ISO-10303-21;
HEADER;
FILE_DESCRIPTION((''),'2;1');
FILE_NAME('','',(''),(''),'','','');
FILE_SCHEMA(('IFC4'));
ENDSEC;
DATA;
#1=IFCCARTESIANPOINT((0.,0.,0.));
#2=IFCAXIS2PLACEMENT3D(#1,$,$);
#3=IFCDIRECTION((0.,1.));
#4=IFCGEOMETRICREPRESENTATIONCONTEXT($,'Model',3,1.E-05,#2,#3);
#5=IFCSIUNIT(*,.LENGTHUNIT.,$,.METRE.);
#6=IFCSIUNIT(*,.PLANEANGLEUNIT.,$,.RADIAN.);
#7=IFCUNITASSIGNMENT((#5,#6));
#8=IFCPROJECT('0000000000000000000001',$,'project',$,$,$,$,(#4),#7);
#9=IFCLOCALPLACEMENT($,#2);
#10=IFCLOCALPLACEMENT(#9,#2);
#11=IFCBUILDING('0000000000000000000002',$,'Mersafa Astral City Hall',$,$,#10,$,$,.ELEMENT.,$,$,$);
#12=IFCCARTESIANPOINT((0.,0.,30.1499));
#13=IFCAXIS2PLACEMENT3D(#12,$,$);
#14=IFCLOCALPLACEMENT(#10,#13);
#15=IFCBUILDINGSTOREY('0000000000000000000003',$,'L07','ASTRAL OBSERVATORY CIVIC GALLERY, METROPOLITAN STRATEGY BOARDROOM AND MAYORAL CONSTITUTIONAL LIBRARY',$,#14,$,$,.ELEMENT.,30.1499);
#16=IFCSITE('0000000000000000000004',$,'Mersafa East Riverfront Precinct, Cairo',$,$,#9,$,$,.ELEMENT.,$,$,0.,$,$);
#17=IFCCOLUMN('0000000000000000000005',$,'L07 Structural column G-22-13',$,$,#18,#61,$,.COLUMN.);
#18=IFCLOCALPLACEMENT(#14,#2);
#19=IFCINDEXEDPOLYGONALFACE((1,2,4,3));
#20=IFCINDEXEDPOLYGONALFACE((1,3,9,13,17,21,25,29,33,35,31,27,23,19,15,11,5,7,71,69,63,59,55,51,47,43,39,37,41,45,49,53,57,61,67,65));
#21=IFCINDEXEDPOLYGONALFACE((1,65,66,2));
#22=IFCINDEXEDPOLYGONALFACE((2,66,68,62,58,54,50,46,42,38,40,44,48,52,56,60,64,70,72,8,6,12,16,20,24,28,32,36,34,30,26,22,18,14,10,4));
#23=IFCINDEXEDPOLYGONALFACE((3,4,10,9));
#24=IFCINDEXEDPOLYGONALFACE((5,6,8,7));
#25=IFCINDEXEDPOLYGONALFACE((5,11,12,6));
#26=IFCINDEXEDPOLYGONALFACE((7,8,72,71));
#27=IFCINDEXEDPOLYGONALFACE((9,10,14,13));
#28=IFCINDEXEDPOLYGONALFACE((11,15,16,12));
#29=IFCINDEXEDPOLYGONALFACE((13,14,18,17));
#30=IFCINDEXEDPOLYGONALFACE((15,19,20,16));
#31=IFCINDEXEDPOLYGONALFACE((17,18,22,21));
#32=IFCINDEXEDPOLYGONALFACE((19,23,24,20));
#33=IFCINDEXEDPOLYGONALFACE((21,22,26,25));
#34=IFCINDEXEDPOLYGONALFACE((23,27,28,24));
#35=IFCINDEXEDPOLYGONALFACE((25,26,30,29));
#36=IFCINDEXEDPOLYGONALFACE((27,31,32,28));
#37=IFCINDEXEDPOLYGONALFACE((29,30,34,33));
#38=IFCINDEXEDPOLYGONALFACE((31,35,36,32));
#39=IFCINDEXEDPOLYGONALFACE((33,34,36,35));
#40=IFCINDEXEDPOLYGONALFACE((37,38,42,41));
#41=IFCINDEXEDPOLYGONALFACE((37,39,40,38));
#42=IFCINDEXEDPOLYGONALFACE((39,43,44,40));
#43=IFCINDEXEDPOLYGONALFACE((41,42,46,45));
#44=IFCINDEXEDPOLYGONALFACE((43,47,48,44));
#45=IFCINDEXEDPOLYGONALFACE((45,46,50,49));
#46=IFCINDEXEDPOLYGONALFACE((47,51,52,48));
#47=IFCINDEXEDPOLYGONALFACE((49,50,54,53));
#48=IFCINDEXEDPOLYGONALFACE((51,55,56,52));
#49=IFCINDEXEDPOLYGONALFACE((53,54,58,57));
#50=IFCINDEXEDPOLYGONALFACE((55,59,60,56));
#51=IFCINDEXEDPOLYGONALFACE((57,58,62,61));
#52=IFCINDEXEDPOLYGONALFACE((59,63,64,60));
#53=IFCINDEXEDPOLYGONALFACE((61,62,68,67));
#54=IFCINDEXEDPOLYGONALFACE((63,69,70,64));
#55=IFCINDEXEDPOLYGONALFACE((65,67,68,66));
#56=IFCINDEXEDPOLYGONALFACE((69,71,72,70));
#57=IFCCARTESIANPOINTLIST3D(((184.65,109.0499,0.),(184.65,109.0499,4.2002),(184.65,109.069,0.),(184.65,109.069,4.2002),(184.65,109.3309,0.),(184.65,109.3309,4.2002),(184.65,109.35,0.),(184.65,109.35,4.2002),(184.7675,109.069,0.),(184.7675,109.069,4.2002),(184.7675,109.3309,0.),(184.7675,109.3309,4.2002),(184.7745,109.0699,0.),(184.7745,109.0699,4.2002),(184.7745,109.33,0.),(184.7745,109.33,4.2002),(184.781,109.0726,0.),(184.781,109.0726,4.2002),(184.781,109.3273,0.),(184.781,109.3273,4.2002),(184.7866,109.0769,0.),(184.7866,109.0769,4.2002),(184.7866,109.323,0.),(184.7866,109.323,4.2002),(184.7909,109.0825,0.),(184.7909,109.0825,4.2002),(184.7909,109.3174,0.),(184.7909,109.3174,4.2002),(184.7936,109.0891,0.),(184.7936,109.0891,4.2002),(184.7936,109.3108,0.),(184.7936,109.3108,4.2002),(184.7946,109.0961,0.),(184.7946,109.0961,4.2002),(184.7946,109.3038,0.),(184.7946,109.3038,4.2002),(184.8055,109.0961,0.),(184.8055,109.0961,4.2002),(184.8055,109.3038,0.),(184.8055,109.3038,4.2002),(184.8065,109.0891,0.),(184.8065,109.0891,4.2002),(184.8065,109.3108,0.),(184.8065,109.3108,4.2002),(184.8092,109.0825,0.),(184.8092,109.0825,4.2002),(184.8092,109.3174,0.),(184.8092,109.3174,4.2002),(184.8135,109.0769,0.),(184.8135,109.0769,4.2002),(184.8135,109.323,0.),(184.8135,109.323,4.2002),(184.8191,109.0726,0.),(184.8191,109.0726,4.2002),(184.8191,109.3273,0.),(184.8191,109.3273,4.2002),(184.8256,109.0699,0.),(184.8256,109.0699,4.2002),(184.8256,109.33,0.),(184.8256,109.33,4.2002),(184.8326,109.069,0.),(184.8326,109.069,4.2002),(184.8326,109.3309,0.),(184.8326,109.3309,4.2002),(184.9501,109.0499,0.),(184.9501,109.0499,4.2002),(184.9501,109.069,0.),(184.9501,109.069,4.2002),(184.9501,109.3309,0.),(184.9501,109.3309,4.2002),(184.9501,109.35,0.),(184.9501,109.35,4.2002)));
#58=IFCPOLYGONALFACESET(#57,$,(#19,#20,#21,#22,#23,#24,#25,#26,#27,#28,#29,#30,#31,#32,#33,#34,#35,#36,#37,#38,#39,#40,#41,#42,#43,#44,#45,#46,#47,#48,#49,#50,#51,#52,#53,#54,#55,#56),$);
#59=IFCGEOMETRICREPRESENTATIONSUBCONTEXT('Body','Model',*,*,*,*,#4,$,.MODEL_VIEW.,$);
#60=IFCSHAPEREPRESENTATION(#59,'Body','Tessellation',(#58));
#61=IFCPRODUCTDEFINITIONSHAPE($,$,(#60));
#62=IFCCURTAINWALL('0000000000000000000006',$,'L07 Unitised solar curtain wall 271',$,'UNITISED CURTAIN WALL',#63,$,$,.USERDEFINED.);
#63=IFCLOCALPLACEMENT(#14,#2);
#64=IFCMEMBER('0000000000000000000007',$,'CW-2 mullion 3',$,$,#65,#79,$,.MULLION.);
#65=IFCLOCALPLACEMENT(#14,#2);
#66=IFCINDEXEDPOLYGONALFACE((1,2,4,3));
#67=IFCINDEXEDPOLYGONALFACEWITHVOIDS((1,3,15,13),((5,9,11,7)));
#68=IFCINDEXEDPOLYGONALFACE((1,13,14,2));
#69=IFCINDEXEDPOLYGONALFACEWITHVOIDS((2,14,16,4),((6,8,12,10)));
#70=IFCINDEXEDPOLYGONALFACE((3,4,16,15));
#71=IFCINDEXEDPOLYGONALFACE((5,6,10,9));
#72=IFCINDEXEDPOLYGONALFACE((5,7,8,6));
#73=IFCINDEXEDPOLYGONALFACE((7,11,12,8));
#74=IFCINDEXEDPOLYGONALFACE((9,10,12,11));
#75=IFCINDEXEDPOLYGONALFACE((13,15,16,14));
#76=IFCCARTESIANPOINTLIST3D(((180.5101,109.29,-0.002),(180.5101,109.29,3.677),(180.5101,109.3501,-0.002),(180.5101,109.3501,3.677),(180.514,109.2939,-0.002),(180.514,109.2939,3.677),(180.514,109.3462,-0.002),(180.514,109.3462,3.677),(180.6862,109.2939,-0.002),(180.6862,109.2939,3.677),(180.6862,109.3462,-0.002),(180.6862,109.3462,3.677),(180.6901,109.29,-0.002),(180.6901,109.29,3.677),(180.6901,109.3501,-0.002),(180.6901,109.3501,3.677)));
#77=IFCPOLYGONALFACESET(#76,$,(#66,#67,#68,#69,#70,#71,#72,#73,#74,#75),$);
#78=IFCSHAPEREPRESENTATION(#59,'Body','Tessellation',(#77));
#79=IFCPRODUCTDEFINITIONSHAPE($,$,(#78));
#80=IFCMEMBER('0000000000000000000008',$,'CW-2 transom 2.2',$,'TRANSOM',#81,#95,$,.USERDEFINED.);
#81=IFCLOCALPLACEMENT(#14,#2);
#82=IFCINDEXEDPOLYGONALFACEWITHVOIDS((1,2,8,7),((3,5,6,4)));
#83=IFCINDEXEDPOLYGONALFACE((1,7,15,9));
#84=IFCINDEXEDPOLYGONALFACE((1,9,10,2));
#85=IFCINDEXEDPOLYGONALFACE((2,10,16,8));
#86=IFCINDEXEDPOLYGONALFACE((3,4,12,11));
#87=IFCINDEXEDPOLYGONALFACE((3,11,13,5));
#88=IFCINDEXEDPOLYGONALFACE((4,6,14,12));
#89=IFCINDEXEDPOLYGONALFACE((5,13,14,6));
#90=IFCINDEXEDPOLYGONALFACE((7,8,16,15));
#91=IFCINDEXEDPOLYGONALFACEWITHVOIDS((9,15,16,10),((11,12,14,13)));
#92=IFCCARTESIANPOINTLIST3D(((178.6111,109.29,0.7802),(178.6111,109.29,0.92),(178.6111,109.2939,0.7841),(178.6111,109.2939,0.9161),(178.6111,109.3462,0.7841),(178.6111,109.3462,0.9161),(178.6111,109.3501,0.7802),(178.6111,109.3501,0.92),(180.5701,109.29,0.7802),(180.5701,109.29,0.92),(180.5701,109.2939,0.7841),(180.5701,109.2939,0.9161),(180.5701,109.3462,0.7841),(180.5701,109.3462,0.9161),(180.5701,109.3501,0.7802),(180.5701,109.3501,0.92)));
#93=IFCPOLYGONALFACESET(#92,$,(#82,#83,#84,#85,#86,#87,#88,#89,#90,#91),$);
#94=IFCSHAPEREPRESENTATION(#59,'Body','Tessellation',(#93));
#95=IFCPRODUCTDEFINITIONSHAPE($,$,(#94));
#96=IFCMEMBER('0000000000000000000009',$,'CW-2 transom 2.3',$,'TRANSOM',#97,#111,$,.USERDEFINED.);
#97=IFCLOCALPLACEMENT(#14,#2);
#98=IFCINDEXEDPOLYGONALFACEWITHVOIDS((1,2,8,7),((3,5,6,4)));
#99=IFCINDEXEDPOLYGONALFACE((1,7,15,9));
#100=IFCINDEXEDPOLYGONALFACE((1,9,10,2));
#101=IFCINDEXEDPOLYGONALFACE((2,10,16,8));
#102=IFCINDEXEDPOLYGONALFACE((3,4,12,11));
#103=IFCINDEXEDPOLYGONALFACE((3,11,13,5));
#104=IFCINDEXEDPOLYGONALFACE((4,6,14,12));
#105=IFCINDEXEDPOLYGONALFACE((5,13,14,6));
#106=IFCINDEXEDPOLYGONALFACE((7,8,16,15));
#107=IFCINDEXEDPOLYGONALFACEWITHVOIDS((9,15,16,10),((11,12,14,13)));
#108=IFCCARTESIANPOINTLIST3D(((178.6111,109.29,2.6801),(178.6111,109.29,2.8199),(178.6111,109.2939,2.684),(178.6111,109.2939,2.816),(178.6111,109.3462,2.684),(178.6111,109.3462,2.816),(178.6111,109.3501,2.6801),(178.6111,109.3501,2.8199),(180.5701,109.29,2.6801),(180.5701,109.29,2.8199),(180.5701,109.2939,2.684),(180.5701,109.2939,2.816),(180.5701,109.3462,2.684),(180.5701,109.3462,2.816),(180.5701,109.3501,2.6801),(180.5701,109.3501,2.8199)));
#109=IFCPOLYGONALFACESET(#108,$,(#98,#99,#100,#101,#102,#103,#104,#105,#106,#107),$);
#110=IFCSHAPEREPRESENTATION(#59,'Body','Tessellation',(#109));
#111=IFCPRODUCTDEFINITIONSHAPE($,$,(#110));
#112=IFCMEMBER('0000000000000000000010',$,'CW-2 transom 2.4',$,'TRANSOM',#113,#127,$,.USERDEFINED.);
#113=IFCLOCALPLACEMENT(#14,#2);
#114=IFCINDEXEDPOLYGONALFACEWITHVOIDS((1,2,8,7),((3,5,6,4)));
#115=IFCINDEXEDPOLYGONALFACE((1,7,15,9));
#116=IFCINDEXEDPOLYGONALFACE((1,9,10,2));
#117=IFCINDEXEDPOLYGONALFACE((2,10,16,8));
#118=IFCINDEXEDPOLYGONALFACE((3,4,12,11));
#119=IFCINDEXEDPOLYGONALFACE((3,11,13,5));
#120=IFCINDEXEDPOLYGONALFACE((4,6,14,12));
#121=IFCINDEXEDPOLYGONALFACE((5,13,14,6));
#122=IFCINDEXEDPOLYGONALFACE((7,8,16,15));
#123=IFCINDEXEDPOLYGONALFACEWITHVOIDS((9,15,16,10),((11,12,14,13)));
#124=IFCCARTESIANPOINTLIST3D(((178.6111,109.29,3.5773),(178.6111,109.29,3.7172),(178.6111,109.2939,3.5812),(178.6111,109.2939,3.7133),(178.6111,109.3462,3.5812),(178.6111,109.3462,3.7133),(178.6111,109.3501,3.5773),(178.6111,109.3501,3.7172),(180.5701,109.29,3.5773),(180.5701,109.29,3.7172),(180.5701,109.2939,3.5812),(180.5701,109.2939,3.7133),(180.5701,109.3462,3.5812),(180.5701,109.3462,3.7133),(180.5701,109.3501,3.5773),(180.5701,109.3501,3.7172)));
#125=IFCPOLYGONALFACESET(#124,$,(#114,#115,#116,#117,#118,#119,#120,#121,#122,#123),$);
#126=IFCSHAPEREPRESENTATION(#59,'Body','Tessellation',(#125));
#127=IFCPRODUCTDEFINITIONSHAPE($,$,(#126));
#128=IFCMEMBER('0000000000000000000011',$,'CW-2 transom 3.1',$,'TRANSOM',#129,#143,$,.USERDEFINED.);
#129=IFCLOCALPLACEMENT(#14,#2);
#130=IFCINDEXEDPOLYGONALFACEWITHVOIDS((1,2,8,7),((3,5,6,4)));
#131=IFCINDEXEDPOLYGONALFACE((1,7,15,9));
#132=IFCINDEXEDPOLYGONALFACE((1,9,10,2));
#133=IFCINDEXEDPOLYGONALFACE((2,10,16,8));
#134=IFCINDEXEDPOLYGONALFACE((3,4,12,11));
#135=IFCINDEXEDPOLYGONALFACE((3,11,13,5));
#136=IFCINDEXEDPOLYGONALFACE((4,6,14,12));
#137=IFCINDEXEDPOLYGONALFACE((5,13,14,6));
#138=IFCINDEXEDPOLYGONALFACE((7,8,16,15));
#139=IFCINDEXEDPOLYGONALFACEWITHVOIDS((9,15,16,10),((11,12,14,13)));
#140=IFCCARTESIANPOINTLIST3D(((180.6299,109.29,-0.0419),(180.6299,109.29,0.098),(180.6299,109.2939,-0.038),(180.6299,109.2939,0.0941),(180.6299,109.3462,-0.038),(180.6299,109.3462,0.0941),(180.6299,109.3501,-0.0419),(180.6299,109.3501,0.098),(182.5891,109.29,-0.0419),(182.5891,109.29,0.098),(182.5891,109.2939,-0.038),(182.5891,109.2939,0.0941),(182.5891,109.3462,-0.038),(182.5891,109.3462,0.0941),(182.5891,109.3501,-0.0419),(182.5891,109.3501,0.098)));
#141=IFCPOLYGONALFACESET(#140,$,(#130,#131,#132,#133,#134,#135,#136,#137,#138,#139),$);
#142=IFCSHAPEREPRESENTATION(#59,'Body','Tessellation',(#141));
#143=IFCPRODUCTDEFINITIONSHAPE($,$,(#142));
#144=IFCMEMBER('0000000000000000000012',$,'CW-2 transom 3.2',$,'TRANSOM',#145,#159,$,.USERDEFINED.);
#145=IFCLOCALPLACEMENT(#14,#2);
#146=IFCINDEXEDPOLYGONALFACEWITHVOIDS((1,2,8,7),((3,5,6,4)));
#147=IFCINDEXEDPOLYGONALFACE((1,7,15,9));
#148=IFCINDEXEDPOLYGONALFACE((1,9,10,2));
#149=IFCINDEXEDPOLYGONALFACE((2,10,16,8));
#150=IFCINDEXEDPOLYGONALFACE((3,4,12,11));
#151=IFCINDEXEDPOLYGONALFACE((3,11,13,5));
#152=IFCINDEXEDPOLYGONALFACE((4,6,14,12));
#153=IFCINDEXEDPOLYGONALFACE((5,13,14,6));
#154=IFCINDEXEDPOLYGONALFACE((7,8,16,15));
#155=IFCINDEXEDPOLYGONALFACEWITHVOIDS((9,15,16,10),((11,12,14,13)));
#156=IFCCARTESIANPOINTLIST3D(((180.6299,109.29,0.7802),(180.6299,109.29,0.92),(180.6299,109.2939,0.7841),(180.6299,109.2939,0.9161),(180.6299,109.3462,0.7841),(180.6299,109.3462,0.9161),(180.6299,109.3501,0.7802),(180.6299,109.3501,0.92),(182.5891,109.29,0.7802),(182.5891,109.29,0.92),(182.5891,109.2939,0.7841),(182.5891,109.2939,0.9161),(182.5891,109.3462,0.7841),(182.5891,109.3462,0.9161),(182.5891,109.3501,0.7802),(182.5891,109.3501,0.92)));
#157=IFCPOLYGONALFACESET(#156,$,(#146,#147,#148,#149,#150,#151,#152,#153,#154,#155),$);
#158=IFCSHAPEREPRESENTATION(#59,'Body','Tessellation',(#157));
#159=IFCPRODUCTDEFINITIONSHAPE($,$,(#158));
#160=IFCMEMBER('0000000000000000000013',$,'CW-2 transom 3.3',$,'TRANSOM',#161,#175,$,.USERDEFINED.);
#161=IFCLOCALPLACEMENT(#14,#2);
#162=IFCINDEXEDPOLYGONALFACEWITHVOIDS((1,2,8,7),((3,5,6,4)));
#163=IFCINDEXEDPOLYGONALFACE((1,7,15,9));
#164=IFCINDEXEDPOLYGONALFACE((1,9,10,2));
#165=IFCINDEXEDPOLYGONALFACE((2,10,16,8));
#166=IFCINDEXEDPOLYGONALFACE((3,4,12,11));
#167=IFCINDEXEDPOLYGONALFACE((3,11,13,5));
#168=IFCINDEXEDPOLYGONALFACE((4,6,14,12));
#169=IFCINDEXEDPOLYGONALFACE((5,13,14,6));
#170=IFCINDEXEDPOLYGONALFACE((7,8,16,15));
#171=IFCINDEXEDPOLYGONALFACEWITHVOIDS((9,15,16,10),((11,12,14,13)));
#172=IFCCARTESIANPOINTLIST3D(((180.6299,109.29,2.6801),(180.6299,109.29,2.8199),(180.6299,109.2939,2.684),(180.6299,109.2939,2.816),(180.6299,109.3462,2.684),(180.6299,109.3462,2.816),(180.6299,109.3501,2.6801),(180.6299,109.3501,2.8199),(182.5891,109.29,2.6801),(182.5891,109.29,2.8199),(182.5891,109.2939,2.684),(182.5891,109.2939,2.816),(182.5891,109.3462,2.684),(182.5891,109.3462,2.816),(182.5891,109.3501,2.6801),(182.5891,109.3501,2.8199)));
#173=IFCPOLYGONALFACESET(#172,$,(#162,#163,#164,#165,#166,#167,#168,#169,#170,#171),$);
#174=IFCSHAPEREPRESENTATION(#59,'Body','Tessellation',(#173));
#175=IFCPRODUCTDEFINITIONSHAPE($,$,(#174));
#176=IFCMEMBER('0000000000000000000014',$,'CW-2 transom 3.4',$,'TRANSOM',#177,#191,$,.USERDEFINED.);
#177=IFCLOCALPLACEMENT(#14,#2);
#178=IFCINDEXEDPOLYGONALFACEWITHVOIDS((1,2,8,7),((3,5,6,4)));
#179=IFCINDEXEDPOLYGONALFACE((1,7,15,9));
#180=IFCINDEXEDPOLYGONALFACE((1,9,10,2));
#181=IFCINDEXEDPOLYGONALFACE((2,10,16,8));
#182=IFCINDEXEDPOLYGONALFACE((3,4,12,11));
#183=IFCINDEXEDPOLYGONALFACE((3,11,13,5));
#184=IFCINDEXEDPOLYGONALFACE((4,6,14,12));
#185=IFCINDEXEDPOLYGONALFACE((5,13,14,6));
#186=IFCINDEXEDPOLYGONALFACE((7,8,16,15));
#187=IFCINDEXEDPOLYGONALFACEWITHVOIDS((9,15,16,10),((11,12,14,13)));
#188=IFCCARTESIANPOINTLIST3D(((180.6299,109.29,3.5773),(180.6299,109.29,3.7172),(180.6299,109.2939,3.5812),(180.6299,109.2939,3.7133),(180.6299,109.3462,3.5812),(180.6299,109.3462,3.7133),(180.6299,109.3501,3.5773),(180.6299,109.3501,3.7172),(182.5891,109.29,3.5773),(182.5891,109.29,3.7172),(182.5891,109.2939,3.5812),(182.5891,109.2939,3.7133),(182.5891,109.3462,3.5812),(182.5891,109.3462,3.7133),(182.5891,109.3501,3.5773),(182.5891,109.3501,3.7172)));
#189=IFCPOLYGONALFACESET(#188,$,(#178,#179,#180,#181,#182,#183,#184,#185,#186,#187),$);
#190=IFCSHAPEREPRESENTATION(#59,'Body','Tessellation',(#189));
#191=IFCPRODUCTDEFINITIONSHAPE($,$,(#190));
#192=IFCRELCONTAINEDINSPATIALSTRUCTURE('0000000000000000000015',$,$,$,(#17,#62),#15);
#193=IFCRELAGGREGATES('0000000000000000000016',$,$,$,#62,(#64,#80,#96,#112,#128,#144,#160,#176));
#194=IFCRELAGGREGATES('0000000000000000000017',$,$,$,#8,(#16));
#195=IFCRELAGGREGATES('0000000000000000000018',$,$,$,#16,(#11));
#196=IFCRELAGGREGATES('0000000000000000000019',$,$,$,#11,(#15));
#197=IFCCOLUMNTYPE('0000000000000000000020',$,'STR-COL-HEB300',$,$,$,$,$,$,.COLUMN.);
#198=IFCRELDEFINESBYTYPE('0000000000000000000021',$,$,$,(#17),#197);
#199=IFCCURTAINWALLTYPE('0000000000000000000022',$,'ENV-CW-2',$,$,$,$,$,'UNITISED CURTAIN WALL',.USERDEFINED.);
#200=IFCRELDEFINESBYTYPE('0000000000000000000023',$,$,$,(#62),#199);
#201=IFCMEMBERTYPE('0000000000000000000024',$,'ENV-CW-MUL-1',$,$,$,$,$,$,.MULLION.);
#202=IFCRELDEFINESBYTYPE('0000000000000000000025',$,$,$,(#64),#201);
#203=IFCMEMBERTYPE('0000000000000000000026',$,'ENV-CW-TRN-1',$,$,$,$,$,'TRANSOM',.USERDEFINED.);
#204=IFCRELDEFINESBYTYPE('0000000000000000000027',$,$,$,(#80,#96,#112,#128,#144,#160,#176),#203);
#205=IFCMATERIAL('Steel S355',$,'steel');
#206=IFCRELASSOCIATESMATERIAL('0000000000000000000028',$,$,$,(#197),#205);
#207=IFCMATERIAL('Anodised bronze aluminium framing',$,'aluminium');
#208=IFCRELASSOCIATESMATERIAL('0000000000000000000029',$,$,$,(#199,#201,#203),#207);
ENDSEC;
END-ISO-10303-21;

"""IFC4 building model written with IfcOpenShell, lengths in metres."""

from ifc_helpers import new_model, si_unit, direction, frame, origin, origin_2d, place, context, subcontext, project, spatial, hollow_rectangle, i_section, extrude, material, material_profile, profile_set, type_object, element, aggregate, save


model = new_model("IFC4")

# Units and contexts
model_context = context("Model", 3, precision=1e-05, world=origin(), true_north=direction((0.0, 1.0)))
body_context = subcontext(model_context, "Body", "Model", "MODEL_VIEW")
ifc_project = project(units=[si_unit("LENGTHUNIT", "METRE"), si_unit("PLANEANGLEUNIT", "RADIAN")], contexts=[model_context])

# Site, building, storey
site_placement = place(None, origin())
site = spatial("IfcSite", under=ifc_project, at=site_placement, Name="Mersafa East Riverfront Precinct, Cairo", CompositionType="ELEMENT", RefElevation=0.0)
building_placement = place(site_placement, origin())
building = spatial("IfcBuilding", under=site, at=building_placement, Name="Mersafa Astral City Hall", CompositionType="ELEMENT")
storey_placement = place(building_placement, frame((0.0, 0.0, 30.1499)))
storey = spatial("IfcBuildingStorey", under=building, at=storey_placement, Name="L07", Description="ASTRAL OBSERVATORY CIVIC GALLERY, METROPOLITAN STRATEGY BOARDROOM AND MAYORAL CONSTITUTIONAL LIBRARY", CompositionType="ELEMENT", Elevation=30.1499)

# Column
ifc_material_1 = material(Name="Steel S355", Category="steel")
ifc_material_profile_1 = material_profile(ifc_material_1, i_section(OverallWidth=0.3, OverallDepth=0.3, WebThickness=0.011, FlangeThickness=0.019, FilletRadius=0.0271, at=origin_2d()), Name="HEB 300")
ifc_profile_set_1 = profile_set([ifc_material_profile_1], Name="Steel S355")
column_type = type_object("IfcColumnType", Name="STR-COL-HEB300", PredefinedType="COLUMN", material=ifc_profile_set_1)
column_placement = place(storey_placement, frame((184.8, 109.2, 0.0), z_axis=(0.0, 0.0, 1.0), x_axis=(1.0, 0.0, 0.0)))
element("IfcColumn", 1, at=column_placement, inside=storey, type_object=column_type, Name="L07 Structural column G-22-13", PredefinedType="COLUMN", context=body_context, shape_type="SweptSolid", body=[
    extrude(i_section(OverallWidth=0.3, OverallDepth=0.3, WebThickness=0.011, FlangeThickness=0.019, FilletRadius=0.0271, at=origin_2d()), origin(), (0.0, 0.0, 1.0), 4.2002),
])

# Curtain wall, members
ifc_material_2 = material(Name="Anodised bronze aluminium framing", Category="aluminium")
curtain_wall_type = type_object("IfcCurtainWallType", Name="ENV-CW-2", ElementType="UNITISED CURTAIN WALL", PredefinedType="USERDEFINED", material=ifc_material_2)
curtain_wall_placement = place(storey_placement, origin())
curtain_wall = element("IfcCurtainWall", 2, at=curtain_wall_placement, inside=storey, type_object=curtain_wall_type, Name="L07 Unitised solar curtain wall 271", ObjectType="UNITISED CURTAIN WALL", PredefinedType="USERDEFINED")
ifc_material_profile_2 = material_profile(ifc_material_2, hollow_rectangle(XDim=0.0601, YDim=0.1799, WallThickness=0.0039, at=origin_2d()), Name="RHS 60x180x4")
ifc_profile_set_2 = profile_set([ifc_material_profile_2], Name="Anodised bronze aluminium framing")
member_type_1 = type_object("IfcMemberType", Name="ENV-CW-MUL-1", PredefinedType="MULLION", material=ifc_profile_set_2)
member_1_placement = place(storey_placement, frame((180.6001, 109.3201, -0.002), z_axis=(0.0, 0.0, 1.0), x_axis=(0.0, 1.0, 0.0)))
member_1 = element("IfcMember", 3, at=member_1_placement, type_object=member_type_1, Name="CW-2 mullion 3", PredefinedType="MULLION", context=body_context, shape_type="SweptSolid", body=[
    extrude(hollow_rectangle(XDim=0.0601, YDim=0.1799, WallThickness=0.0039, at=origin_2d()), origin(), (0.0, 0.0, 1.0), 3.679),
])
ifc_material_profile_3 = material_profile(ifc_material_2, hollow_rectangle(XDim=0.0601, YDim=0.1399, WallThickness=0.0039, at=origin_2d()), Name="RHS 60x140x4")
ifc_profile_set_3 = profile_set([ifc_material_profile_3], Name="Anodised bronze aluminium framing")
member_type_2 = type_object("IfcMemberType", Name="ENV-CW-TRN-1", ElementType="TRANSOM", PredefinedType="USERDEFINED", material=ifc_profile_set_3)
member_2_placement = place(storey_placement, frame((178.6111, 109.3201, 0.8501), z_axis=(1.0, 0.0, 0.0), x_axis=(0.0, 1.0, 0.0)))
member_2 = element("IfcMember", 4, at=member_2_placement, type_object=member_type_2, Name="CW-2 transom 2.2", ObjectType="TRANSOM", PredefinedType="USERDEFINED", context=body_context, shape_type="SweptSolid", body=[
    extrude(hollow_rectangle(XDim=0.0601, YDim=0.1399, WallThickness=0.0039, at=origin_2d()), origin(), (0.0, 0.0, 1.0), 1.959),
])
member_3_placement = place(storey_placement, frame((178.6111, 109.3201, 2.75), z_axis=(1.0, 0.0, 0.0), x_axis=(0.0, 1.0, 0.0)))
member_3 = element("IfcMember", 5, at=member_3_placement, type_object=member_type_2, Name="CW-2 transom 2.3", ObjectType="TRANSOM", PredefinedType="USERDEFINED", context=body_context, shape_type="SweptSolid", body=[
    extrude(hollow_rectangle(XDim=0.0601, YDim=0.1399, WallThickness=0.0039, at=origin_2d()), origin(), (0.0, 0.0, 1.0), 1.959),
])
member_4_placement = place(storey_placement, frame((178.6111, 109.3201, 3.6472), z_axis=(1.0, 0.0, 0.0), x_axis=(0.0, 1.0, 0.0)))
member_4 = element("IfcMember", 6, at=member_4_placement, type_object=member_type_2, Name="CW-2 transom 2.4", ObjectType="TRANSOM", PredefinedType="USERDEFINED", context=body_context, shape_type="SweptSolid", body=[
    extrude(hollow_rectangle(XDim=0.0601, YDim=0.1399, WallThickness=0.0039, at=origin_2d()), origin(), (0.0, 0.0, 1.0), 1.959),
])
member_5_placement = place(storey_placement, frame((180.6299, 109.3201, 0.0281), z_axis=(1.0, 0.0, 0.0), x_axis=(0.0, 1.0, 0.0)))
member_5 = element("IfcMember", 7, at=member_5_placement, type_object=member_type_2, Name="CW-2 transom 3.1", ObjectType="TRANSOM", PredefinedType="USERDEFINED", context=body_context, shape_type="SweptSolid", body=[
    extrude(hollow_rectangle(XDim=0.0601, YDim=0.1399, WallThickness=0.0039, at=origin_2d()), origin(), (0.0, 0.0, 1.0), 1.9592),
])
member_6_placement = place(storey_placement, frame((180.6299, 109.3201, 0.8501), z_axis=(1.0, 0.0, 0.0), x_axis=(0.0, 1.0, 0.0)))
member_6 = element("IfcMember", 8, at=member_6_placement, type_object=member_type_2, Name="CW-2 transom 3.2", ObjectType="TRANSOM", PredefinedType="USERDEFINED", context=body_context, shape_type="SweptSolid", body=[
    extrude(hollow_rectangle(XDim=0.0601, YDim=0.1399, WallThickness=0.0039, at=origin_2d()), origin(), (0.0, 0.0, 1.0), 1.9592),
])
member_7_placement = place(storey_placement, frame((180.6299, 109.3201, 2.75), z_axis=(1.0, 0.0, 0.0), x_axis=(0.0, 1.0, 0.0)))
member_7 = element("IfcMember", 9, at=member_7_placement, type_object=member_type_2, Name="CW-2 transom 3.3", ObjectType="TRANSOM", PredefinedType="USERDEFINED", context=body_context, shape_type="SweptSolid", body=[
    extrude(hollow_rectangle(XDim=0.0601, YDim=0.1399, WallThickness=0.0039, at=origin_2d()), origin(), (0.0, 0.0, 1.0), 1.9592),
])
member_8_placement = place(storey_placement, frame((180.6299, 109.3201, 3.6472), z_axis=(1.0, 0.0, 0.0), x_axis=(0.0, 1.0, 0.0)))
member_8 = element("IfcMember", 10, at=member_8_placement, type_object=member_type_2, Name="CW-2 transom 3.4", ObjectType="TRANSOM", PredefinedType="USERDEFINED", context=body_context, shape_type="SweptSolid", body=[
    extrude(hollow_rectangle(XDim=0.0601, YDim=0.1399, WallThickness=0.0039, at=origin_2d()), origin(), (0.0, 0.0, 1.0), 1.9592),
])

aggregate(curtain_wall, [member_1, member_2, member_3, member_4, member_5, member_6, member_7, member_8])

save(model, "model.ifc")
